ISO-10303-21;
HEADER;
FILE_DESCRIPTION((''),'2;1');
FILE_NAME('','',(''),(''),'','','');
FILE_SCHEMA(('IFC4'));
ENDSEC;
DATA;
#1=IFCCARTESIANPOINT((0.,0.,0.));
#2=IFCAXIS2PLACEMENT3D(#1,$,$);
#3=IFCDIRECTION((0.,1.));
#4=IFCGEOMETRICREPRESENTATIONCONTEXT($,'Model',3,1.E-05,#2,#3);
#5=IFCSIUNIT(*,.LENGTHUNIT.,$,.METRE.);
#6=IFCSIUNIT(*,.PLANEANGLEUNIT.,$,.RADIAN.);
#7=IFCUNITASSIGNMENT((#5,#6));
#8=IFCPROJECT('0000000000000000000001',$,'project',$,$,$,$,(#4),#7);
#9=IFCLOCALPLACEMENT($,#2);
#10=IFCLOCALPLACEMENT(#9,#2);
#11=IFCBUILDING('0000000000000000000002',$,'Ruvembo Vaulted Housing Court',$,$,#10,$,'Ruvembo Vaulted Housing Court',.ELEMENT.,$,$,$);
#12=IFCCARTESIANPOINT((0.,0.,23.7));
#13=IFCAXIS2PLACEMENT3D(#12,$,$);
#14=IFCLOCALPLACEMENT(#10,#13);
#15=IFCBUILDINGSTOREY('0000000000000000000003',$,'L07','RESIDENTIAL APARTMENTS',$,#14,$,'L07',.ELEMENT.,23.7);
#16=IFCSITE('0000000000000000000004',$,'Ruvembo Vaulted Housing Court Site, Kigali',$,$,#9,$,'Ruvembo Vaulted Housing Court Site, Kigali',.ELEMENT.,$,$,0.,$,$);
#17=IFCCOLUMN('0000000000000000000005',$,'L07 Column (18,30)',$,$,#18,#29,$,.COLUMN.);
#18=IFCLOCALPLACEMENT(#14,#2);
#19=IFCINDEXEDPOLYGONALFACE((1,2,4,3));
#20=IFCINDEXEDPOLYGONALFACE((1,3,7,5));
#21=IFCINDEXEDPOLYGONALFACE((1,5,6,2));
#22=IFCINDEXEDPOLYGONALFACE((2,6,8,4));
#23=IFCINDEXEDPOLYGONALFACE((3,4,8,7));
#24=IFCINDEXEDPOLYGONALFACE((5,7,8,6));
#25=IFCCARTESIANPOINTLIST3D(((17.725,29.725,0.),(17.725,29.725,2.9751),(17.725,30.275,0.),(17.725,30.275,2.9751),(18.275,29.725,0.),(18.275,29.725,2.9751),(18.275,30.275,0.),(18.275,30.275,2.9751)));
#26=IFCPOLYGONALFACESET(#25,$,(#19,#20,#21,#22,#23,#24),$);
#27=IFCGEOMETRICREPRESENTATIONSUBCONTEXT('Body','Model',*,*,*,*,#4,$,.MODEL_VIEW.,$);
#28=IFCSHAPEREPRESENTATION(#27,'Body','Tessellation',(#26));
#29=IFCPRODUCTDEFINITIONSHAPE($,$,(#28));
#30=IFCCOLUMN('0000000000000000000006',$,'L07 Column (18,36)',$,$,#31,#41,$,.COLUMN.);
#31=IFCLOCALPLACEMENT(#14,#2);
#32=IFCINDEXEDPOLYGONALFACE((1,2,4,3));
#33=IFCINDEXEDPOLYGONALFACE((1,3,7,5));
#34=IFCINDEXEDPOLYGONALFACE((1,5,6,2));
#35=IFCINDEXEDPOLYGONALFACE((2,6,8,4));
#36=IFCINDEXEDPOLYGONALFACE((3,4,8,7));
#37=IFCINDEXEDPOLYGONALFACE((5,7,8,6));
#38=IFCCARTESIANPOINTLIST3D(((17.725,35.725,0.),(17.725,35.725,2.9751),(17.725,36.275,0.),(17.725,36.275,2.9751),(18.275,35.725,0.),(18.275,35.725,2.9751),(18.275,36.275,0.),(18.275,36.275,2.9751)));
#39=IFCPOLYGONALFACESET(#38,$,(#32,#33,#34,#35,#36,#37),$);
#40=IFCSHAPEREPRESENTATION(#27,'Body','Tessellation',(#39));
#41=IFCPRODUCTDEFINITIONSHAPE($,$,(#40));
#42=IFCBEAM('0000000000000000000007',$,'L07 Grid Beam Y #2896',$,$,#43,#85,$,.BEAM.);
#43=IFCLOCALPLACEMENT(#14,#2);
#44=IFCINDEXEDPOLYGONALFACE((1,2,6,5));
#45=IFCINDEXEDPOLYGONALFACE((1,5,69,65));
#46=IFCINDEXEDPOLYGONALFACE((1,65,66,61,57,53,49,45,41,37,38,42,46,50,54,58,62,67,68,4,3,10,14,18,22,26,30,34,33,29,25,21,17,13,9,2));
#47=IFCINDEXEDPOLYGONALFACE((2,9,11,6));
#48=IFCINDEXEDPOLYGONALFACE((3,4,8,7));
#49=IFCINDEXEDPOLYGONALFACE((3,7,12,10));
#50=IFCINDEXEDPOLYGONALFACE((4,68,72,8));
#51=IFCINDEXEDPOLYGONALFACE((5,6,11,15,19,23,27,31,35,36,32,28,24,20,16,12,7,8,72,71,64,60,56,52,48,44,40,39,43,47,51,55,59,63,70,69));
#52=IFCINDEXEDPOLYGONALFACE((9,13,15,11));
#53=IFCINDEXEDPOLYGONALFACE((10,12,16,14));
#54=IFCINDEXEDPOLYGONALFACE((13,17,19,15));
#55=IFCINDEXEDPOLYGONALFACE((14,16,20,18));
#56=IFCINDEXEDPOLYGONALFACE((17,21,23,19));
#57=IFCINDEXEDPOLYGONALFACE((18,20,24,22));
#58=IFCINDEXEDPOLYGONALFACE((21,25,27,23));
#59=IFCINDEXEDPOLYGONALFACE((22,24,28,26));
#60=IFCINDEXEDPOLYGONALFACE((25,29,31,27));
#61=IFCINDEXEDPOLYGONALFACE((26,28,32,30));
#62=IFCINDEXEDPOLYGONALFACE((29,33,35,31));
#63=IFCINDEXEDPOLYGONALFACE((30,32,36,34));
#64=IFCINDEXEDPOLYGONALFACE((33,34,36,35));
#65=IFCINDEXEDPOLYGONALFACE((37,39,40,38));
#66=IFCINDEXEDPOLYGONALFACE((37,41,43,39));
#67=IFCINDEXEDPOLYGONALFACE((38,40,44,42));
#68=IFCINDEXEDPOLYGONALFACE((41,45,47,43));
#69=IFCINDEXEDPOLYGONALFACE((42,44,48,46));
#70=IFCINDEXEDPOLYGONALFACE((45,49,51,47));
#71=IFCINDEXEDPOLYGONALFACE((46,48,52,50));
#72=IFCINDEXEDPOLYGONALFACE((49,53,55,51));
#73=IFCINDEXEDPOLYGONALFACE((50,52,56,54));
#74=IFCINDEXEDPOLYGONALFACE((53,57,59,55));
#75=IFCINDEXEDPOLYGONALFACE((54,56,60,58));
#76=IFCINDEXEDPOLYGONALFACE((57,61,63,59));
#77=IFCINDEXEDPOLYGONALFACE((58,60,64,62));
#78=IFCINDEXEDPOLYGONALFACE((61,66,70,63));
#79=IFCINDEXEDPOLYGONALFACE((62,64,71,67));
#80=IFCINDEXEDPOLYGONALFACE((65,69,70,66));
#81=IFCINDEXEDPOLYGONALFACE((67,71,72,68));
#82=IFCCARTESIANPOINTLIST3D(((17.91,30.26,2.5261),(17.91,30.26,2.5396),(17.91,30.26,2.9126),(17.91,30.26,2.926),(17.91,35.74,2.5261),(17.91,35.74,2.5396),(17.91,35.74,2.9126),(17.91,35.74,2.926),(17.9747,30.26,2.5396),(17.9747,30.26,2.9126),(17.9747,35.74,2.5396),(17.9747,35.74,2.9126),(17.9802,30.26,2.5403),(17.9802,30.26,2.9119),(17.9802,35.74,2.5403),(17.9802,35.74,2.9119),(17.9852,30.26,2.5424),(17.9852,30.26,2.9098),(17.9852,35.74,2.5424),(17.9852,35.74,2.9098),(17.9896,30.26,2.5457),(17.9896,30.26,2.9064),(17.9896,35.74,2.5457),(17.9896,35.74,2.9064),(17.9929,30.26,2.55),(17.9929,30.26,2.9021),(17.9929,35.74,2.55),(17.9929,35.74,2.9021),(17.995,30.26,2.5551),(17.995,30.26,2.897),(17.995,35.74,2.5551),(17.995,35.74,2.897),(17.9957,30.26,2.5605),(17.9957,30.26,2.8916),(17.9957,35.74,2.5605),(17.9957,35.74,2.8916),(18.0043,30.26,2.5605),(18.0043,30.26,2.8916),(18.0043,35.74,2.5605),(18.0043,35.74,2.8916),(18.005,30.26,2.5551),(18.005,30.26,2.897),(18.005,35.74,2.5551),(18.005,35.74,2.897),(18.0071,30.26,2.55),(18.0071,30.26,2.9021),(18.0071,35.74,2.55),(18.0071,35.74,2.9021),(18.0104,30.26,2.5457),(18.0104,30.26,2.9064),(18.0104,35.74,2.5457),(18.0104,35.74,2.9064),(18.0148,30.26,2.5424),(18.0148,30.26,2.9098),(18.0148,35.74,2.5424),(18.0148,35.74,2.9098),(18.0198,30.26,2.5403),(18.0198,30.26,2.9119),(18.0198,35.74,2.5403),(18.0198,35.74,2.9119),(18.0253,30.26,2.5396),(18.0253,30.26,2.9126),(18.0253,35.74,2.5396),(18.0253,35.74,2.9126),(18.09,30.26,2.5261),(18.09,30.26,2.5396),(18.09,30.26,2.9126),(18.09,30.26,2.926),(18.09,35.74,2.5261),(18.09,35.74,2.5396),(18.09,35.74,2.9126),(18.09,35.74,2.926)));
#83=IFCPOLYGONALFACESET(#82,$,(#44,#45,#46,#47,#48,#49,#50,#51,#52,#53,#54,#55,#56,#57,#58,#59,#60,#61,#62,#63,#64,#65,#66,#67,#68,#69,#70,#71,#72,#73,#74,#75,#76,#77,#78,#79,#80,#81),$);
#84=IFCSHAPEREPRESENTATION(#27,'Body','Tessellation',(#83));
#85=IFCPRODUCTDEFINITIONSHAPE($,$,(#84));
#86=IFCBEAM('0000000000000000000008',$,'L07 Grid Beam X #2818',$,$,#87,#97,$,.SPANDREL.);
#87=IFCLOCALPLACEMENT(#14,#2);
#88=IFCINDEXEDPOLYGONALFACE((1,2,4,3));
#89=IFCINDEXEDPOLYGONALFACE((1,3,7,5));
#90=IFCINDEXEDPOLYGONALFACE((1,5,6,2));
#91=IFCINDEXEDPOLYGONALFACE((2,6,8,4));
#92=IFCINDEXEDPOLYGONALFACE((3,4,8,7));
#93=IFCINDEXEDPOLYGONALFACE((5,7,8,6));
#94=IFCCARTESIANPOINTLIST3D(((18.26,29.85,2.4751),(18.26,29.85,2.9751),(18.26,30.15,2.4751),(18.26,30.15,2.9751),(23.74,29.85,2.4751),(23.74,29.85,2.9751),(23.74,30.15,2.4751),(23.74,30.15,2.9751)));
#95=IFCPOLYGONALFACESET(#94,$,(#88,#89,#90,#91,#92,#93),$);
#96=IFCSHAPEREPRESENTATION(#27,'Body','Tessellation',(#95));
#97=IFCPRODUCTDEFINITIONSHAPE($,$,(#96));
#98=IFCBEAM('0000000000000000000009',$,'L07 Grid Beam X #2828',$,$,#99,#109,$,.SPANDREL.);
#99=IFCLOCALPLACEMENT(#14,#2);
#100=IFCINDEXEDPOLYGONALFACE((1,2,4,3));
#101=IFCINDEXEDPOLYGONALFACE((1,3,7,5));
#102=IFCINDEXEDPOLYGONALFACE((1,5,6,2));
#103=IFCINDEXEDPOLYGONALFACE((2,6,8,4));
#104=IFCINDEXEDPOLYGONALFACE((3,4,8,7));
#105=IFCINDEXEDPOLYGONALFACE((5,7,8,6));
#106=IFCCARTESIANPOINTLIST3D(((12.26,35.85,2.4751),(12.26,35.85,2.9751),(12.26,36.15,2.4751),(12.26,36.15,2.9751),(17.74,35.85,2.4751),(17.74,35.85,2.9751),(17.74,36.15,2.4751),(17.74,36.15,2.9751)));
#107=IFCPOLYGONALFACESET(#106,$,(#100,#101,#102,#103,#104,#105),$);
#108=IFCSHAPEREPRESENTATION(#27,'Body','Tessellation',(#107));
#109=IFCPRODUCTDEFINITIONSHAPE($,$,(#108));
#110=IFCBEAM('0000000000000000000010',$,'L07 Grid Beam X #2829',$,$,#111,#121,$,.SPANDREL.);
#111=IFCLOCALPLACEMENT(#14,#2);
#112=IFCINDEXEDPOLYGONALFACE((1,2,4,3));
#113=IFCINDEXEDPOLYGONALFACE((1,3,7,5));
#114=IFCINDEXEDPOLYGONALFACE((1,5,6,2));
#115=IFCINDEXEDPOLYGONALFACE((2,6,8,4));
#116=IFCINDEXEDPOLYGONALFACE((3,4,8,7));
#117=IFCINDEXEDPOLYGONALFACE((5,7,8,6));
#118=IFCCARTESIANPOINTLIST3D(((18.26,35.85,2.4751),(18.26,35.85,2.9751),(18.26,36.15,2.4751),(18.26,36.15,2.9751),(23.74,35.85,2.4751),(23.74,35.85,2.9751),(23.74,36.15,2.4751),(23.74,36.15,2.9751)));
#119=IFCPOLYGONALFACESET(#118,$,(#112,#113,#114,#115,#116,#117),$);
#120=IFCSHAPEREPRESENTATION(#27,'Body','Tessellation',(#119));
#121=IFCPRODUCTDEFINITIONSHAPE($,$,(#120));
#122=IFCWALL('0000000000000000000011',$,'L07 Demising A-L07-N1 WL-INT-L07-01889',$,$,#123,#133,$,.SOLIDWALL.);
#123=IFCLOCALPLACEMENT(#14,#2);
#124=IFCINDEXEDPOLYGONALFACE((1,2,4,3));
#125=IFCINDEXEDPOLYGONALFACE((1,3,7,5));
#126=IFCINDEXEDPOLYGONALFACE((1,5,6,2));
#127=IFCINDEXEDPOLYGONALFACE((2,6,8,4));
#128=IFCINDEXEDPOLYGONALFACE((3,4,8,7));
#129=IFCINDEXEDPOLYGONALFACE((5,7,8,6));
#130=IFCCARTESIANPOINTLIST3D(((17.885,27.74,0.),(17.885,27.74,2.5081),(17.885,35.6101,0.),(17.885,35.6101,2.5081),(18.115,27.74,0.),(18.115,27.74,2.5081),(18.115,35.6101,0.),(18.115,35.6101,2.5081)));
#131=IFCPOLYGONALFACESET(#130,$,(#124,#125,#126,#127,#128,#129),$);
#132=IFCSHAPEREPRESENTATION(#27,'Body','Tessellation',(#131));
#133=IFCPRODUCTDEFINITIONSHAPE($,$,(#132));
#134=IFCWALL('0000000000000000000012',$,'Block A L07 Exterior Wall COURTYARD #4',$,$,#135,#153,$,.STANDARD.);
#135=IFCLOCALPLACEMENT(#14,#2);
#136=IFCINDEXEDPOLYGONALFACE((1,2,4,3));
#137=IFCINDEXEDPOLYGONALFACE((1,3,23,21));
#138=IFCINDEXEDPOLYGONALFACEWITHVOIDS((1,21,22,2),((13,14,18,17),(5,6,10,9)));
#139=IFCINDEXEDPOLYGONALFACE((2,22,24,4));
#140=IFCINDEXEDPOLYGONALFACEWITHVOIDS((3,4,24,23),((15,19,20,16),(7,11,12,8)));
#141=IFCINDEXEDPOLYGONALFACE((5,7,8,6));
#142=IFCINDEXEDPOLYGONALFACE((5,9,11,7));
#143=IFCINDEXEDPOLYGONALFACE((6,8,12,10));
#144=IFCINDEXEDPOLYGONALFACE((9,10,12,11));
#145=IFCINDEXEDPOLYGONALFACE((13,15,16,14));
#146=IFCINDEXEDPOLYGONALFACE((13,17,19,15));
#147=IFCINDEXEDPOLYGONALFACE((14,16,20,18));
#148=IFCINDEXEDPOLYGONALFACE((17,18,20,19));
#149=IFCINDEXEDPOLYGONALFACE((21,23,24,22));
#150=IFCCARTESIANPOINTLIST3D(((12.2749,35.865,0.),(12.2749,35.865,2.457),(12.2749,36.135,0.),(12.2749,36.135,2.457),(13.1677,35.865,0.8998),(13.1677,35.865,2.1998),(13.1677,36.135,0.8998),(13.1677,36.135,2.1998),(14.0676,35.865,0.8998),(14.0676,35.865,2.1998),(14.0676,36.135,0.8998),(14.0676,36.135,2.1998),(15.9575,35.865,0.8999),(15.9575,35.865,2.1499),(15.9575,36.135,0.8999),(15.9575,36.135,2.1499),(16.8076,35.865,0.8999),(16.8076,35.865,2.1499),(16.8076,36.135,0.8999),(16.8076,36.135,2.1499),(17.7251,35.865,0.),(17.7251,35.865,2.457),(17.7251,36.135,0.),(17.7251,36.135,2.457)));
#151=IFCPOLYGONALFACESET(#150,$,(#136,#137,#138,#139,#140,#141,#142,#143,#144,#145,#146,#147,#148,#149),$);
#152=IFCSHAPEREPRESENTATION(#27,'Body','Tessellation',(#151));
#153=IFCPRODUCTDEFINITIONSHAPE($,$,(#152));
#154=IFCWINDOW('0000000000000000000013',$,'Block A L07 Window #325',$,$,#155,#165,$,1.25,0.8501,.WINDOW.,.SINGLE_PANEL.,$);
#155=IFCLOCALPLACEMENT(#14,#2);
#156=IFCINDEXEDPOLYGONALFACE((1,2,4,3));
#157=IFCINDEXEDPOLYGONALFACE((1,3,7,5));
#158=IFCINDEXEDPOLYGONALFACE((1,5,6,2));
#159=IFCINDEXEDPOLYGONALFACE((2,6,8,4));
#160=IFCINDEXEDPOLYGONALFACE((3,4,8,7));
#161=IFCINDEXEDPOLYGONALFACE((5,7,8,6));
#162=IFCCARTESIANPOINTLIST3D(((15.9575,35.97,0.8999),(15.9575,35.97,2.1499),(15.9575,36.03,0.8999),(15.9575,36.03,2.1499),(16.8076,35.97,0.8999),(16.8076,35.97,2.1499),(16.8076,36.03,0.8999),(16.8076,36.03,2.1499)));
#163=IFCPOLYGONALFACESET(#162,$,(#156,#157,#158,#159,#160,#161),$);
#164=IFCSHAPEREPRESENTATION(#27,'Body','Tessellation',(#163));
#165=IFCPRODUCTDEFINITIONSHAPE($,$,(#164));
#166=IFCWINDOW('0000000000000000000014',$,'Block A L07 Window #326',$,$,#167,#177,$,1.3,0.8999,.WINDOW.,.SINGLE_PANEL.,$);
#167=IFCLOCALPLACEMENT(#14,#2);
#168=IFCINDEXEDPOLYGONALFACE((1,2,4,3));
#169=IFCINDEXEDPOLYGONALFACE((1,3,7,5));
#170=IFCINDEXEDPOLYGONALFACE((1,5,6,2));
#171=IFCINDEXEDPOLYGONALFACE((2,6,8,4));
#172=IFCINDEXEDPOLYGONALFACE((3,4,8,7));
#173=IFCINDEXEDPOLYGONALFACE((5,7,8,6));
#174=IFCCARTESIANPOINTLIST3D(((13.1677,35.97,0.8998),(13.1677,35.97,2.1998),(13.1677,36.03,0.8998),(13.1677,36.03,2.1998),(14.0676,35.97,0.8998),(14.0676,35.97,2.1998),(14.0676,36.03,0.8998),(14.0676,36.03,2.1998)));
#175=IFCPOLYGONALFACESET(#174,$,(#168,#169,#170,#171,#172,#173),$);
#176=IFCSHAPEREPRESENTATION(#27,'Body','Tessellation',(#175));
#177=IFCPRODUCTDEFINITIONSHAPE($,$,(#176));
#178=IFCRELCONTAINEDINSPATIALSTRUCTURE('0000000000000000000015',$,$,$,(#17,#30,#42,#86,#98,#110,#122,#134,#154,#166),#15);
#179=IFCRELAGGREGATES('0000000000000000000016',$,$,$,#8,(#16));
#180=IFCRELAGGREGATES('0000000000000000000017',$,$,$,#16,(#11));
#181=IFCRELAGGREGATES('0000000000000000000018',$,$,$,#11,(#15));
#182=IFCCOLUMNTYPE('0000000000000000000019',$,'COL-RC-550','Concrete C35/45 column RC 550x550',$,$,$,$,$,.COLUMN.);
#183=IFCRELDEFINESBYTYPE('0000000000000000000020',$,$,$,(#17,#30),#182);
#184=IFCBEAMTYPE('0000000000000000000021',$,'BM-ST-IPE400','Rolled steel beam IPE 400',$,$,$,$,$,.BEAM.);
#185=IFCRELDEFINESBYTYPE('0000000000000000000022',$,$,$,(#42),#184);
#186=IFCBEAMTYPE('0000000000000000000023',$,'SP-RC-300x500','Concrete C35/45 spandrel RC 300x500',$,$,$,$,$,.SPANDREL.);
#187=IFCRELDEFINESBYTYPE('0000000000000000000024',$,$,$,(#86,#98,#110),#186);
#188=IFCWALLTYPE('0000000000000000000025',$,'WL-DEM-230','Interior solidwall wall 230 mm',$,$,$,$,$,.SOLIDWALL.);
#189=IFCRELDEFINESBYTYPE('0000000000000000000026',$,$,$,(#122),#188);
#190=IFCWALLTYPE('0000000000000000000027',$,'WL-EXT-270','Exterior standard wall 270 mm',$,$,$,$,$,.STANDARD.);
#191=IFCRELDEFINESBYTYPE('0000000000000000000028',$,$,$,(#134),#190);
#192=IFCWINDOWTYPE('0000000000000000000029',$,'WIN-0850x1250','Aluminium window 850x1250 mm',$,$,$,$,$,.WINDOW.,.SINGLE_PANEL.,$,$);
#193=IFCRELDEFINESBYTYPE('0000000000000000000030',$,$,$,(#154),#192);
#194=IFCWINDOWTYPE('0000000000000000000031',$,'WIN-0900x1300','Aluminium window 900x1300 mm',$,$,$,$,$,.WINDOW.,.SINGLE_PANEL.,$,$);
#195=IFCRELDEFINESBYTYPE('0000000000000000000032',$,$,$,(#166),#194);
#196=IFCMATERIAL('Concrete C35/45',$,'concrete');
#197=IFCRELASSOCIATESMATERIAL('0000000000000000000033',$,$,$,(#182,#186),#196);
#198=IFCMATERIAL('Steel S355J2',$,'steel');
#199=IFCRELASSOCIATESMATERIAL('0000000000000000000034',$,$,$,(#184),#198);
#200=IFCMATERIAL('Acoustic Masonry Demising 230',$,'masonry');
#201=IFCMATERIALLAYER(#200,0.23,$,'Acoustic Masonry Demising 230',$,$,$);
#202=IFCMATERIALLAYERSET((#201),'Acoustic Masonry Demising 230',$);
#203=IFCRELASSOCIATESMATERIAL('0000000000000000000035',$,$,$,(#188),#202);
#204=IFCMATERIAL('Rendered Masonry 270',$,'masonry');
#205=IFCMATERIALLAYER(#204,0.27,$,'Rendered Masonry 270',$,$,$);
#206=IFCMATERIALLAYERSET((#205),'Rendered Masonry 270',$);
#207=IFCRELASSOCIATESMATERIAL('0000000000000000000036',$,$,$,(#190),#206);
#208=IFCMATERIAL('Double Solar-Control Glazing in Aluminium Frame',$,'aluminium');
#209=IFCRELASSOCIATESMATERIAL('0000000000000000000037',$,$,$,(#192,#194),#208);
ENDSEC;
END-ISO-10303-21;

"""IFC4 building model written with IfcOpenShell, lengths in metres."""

from ifc_helpers import new_model, si_unit, direction, frame, frame_2d, origin, origin_2d, place, context, subcontext, project, spatial, rectangle, i_section, extrude, material, layer, layer_set, material_profile, profile_set, type_object, element, fill, save


model = new_model("IFC4")

# Units and contexts
model_context = context("Model", 3, precision=1e-05, world=origin(), true_north=direction((0.0, 1.0)))
body_context = subcontext(model_context, "Body", "Model", "MODEL_VIEW")
ifc_project = project(units=[si_unit("LENGTHUNIT", "METRE"), si_unit("PLANEANGLEUNIT", "RADIAN")], contexts=[model_context])

# Site, building, storey
site_placement = place(None, origin())
site = spatial("IfcSite", under=ifc_project, at=site_placement, Name="Ruvembo Vaulted Housing Court Site, Kigali", LongName="Ruvembo Vaulted Housing Court Site, Kigali", CompositionType="ELEMENT", RefElevation=0.0)
building_placement = place(site_placement, origin())
building = spatial("IfcBuilding", under=site, at=building_placement, Name="Ruvembo Vaulted Housing Court", LongName="Ruvembo Vaulted Housing Court", CompositionType="ELEMENT")
storey_placement = place(building_placement, frame((0.0, 0.0, 23.7)))
storey = spatial("IfcBuildingStorey", under=building, at=storey_placement, Name="L07", Description="RESIDENTIAL APARTMENTS", LongName="L07", CompositionType="ELEMENT", Elevation=23.7)

# Columns
ifc_material_1 = material(Name="Concrete C35/45", Category="concrete")
ifc_material_profile_1 = material_profile(ifc_material_1, rectangle(XDim=0.55, YDim=0.55, at=origin_2d()), Name="RC 550x550")
ifc_profile_set_1 = profile_set([ifc_material_profile_1], Name="Concrete C35/45")
column_type = type_object("IfcColumnType", Name="COL-RC-550", Description="Concrete C35/45 column RC 550x550", PredefinedType="COLUMN", material=ifc_profile_set_1)
for number, where, z_axis, x_axis, name in (
    (1, (18.0, 30.0, 0.0), (0.0, 0.0, 1.0), (1.0, 0.0, 0.0), "L07 Column (18,30)"),
    (2, (18.0, 36.0, 0.0), (0.0, 0.0, 1.0), (1.0, 0.0, 0.0), "L07 Column (18,36)"),
):
    element("IfcColumn", number, at=place(storey_placement, frame(where, z_axis=z_axis, x_axis=x_axis)), inside=storey, type_object=column_type, Name=name, PredefinedType="COLUMN", context=body_context, shape_type="SweptSolid", body=[
        extrude(rectangle(XDim=0.55, YDim=0.55, at=origin_2d()), origin(), (0.0, 0.0, 1.0), 2.9751),
    ])

# Beams
ifc_material_2 = material(Name="Steel S355J2", Category="steel")
ifc_material_profile_2 = material_profile(ifc_material_2, i_section(OverallWidth=0.1799, OverallDepth=0.3999, WebThickness=0.0085, FlangeThickness=0.0134, FilletRadius=0.021, at=origin_2d()), Name="IPE 400")
ifc_profile_set_2 = profile_set([ifc_material_profile_2], Name="Steel S355J2")
beam_type_1 = type_object("IfcBeamType", Name="BM-ST-IPE400", Description="Rolled steel beam IPE 400", PredefinedType="BEAM", material=ifc_profile_set_2)
beam_placement = place(storey_placement, frame((18.0, 30.26, 2.7261), z_axis=(0.0, 1.0, 0.0), x_axis=(-1.0, 0.0, 0.0)))
element("IfcBeam", 3, at=beam_placement, inside=storey, type_object=beam_type_1, Name="L07 Grid Beam Y #2896", PredefinedType="BEAM", context=body_context, shape_type="SweptSolid", body=[
    extrude(i_section(OverallWidth=0.1799, OverallDepth=0.3999, WebThickness=0.0085, FlangeThickness=0.0134, FilletRadius=0.021, at=origin_2d()), origin(), (0.0, 0.0, 1.0), 5.48),
])
ifc_material_profile_3 = material_profile(ifc_material_1, rectangle(XDim=0.3, YDim=0.5, at=origin_2d()), Name="RC 300x500")
ifc_profile_set_3 = profile_set([ifc_material_profile_3], Name="Concrete C35/45")
beam_type_2 = type_object("IfcBeamType", Name="SP-RC-300x500", Description="Concrete C35/45 spandrel RC 300x500", PredefinedType="SPANDREL", material=ifc_profile_set_3)
for number, where, z_axis, x_axis, name in (
    (4, (18.26, 30.0, 2.7251), (1.0, 0.0, 0.0), (0.0, 1.0, 0.0), "L07 Grid Beam X #2818"),
    (5, (12.26, 36.0, 2.7251), (1.0, 0.0, 0.0), (0.0, 1.0, 0.0), "L07 Grid Beam X #2828"),
    (6, (18.26, 36.0, 2.7251), (1.0, 0.0, 0.0), (0.0, 1.0, 0.0), "L07 Grid Beam X #2829"),
):
    element("IfcBeam", number, at=place(storey_placement, frame(where, z_axis=z_axis, x_axis=x_axis)), inside=storey, type_object=beam_type_2, Name=name, PredefinedType="SPANDREL", context=body_context, shape_type="SweptSolid", body=[
        extrude(rectangle(XDim=0.3, YDim=0.5, at=origin_2d()), origin(), (0.0, 0.0, 1.0), 5.48),
    ])

# Wall
ifc_material_3 = material(Name="Acoustic Masonry Demising 230", Category="masonry")
ifc_layer_1 = layer(ifc_material_3, 0.23, Name="Acoustic Masonry Demising 230")
ifc_layer_set_1 = layer_set([ifc_layer_1], Name="Acoustic Masonry Demising 230")
wall_type_1 = type_object("IfcWallType", Name="WL-DEM-230", Description="Interior solidwall wall 230 mm", PredefinedType="SOLIDWALL", material=ifc_layer_set_1)
wall_1_placement = place(storey_placement, frame((18.0, 27.74, 0.0), z_axis=(0.0, 0.0, 1.0), x_axis=(0.0, 1.0, 0.0)))
element("IfcWall", 7, at=wall_1_placement, inside=storey, type_object=wall_type_1, Name="L07 Demising A-L07-N1 WL-INT-L07-01889", PredefinedType="SOLIDWALL", context=body_context, shape_type="SweptSolid", body=[
    extrude(rectangle(XDim=7.8701, YDim=0.23, at=frame_2d((3.9351, 0.0))), origin(), (0.0, 0.0, 1.0), 2.5081),
])

# Wall, openings, windows
ifc_material_4 = material(Name="Rendered Masonry 270", Category="masonry")
ifc_layer_2 = layer(ifc_material_4, 0.27, Name="Rendered Masonry 270")
ifc_layer_set_2 = layer_set([ifc_layer_2], Name="Rendered Masonry 270")
wall_type_2 = type_object("IfcWallType", Name="WL-EXT-270", Description="Exterior standard wall 270 mm", PredefinedType="STANDARD", material=ifc_layer_set_2)
wall_2_placement = place(storey_placement, frame((17.7251, 36.0, 0.0), z_axis=(0.0, 0.0, 1.0), x_axis=(-1.0, 0.0, 0.0)))
wall_2 = element("IfcWall", 8, at=wall_2_placement, inside=storey, type_object=wall_type_2, Name="Block A L07 Exterior Wall COURTYARD #4", PredefinedType="STANDARD", context=body_context, shape_type="SweptSolid", body=[
    extrude(rectangle(XDim=5.4502, YDim=0.27, at=frame_2d((2.7251, 0.0))), origin(), (0.0, 0.0, 1.0), 2.457),
])
opening_1_placement = place(wall_2_placement, frame((0.9175, 0.0, 0.8999)))
opening_1 = element("IfcOpeningElement", 9, at=opening_1_placement, cuts=wall_2, PredefinedType="OPENING", context=body_context, shape_type="SweptSolid", body=[
    extrude(rectangle(XDim=0.8501, YDim=1.25, at=frame_2d((0.425, 0.625))), frame((0.0, 0.145, 0.0), z_axis=(0.0, -1.0, 0.0), x_axis=(1.0, 0.0, 0.0)), (0.0, 0.0, 1.0), 0.29),
])
opening_2_placement = place(wall_2_placement, frame((3.6575, 0.0, 0.8999)))
opening_2 = element("IfcOpeningElement", 10, at=opening_2_placement, cuts=wall_2, PredefinedType="OPENING", context=body_context, shape_type="SweptSolid", body=[
    extrude(rectangle(XDim=0.8999, YDim=1.3, at=frame_2d((0.45, 0.6499))), frame((0.0, 0.145, 0.0), z_axis=(0.0, -1.0, 0.0), x_axis=(1.0, 0.0, 0.0)), (0.0, 0.0, 1.0), 0.29),
])
ifc_material_5 = material(Name="Double Solar-Control Glazing in Aluminium Frame", Category="aluminium")
window_type_1 = type_object("IfcWindowType", Name="WIN-0850x1250", Description="Aluminium window 850x1250 mm", PartitioningType="SINGLE_PANEL", PredefinedType="WINDOW", material=ifc_material_5)
window_1_placement = place(opening_1_placement, origin())
window_1 = element("IfcWindow", 11, at=window_1_placement, inside=storey, type_object=window_type_1, Name="Block A L07 Window #325", OverallHeight=1.25, OverallWidth=0.8501, PartitioningType="SINGLE_PANEL", PredefinedType="WINDOW", context=body_context, shape_type="SweptSolid", body=[
    extrude(rectangle(XDim=0.8501, YDim=1.25, at=frame_2d((0.425, 0.625))), frame((0.0, 0.03, 0.0), z_axis=(0.0, -1.0, 0.0), x_axis=(1.0, 0.0, 0.0)), (0.0, 0.0, 1.0), 0.0601),
])
fill(opening_1, window_1)
window_type_2 = type_object("IfcWindowType", Name="WIN-0900x1300", Description="Aluminium window 900x1300 mm", PartitioningType="SINGLE_PANEL", PredefinedType="WINDOW", material=ifc_material_5)
window_2_placement = place(opening_2_placement, origin())
window_2 = element("IfcWindow", 12, at=window_2_placement, inside=storey, type_object=window_type_2, Name="Block A L07 Window #326", OverallHeight=1.3, OverallWidth=0.8999, PartitioningType="SINGLE_PANEL", PredefinedType="WINDOW", context=body_context, shape_type="SweptSolid", body=[
    extrude(rectangle(XDim=0.8999, YDim=1.3, at=frame_2d((0.45, 0.6499))), frame((0.0, 0.03, 0.0), z_axis=(0.0, -1.0, 0.0), x_axis=(1.0, 0.0, 0.0)), (0.0, 0.0, 1.0), 0.0601),
])
fill(opening_2, window_2)

save(model, "model.ifc")
